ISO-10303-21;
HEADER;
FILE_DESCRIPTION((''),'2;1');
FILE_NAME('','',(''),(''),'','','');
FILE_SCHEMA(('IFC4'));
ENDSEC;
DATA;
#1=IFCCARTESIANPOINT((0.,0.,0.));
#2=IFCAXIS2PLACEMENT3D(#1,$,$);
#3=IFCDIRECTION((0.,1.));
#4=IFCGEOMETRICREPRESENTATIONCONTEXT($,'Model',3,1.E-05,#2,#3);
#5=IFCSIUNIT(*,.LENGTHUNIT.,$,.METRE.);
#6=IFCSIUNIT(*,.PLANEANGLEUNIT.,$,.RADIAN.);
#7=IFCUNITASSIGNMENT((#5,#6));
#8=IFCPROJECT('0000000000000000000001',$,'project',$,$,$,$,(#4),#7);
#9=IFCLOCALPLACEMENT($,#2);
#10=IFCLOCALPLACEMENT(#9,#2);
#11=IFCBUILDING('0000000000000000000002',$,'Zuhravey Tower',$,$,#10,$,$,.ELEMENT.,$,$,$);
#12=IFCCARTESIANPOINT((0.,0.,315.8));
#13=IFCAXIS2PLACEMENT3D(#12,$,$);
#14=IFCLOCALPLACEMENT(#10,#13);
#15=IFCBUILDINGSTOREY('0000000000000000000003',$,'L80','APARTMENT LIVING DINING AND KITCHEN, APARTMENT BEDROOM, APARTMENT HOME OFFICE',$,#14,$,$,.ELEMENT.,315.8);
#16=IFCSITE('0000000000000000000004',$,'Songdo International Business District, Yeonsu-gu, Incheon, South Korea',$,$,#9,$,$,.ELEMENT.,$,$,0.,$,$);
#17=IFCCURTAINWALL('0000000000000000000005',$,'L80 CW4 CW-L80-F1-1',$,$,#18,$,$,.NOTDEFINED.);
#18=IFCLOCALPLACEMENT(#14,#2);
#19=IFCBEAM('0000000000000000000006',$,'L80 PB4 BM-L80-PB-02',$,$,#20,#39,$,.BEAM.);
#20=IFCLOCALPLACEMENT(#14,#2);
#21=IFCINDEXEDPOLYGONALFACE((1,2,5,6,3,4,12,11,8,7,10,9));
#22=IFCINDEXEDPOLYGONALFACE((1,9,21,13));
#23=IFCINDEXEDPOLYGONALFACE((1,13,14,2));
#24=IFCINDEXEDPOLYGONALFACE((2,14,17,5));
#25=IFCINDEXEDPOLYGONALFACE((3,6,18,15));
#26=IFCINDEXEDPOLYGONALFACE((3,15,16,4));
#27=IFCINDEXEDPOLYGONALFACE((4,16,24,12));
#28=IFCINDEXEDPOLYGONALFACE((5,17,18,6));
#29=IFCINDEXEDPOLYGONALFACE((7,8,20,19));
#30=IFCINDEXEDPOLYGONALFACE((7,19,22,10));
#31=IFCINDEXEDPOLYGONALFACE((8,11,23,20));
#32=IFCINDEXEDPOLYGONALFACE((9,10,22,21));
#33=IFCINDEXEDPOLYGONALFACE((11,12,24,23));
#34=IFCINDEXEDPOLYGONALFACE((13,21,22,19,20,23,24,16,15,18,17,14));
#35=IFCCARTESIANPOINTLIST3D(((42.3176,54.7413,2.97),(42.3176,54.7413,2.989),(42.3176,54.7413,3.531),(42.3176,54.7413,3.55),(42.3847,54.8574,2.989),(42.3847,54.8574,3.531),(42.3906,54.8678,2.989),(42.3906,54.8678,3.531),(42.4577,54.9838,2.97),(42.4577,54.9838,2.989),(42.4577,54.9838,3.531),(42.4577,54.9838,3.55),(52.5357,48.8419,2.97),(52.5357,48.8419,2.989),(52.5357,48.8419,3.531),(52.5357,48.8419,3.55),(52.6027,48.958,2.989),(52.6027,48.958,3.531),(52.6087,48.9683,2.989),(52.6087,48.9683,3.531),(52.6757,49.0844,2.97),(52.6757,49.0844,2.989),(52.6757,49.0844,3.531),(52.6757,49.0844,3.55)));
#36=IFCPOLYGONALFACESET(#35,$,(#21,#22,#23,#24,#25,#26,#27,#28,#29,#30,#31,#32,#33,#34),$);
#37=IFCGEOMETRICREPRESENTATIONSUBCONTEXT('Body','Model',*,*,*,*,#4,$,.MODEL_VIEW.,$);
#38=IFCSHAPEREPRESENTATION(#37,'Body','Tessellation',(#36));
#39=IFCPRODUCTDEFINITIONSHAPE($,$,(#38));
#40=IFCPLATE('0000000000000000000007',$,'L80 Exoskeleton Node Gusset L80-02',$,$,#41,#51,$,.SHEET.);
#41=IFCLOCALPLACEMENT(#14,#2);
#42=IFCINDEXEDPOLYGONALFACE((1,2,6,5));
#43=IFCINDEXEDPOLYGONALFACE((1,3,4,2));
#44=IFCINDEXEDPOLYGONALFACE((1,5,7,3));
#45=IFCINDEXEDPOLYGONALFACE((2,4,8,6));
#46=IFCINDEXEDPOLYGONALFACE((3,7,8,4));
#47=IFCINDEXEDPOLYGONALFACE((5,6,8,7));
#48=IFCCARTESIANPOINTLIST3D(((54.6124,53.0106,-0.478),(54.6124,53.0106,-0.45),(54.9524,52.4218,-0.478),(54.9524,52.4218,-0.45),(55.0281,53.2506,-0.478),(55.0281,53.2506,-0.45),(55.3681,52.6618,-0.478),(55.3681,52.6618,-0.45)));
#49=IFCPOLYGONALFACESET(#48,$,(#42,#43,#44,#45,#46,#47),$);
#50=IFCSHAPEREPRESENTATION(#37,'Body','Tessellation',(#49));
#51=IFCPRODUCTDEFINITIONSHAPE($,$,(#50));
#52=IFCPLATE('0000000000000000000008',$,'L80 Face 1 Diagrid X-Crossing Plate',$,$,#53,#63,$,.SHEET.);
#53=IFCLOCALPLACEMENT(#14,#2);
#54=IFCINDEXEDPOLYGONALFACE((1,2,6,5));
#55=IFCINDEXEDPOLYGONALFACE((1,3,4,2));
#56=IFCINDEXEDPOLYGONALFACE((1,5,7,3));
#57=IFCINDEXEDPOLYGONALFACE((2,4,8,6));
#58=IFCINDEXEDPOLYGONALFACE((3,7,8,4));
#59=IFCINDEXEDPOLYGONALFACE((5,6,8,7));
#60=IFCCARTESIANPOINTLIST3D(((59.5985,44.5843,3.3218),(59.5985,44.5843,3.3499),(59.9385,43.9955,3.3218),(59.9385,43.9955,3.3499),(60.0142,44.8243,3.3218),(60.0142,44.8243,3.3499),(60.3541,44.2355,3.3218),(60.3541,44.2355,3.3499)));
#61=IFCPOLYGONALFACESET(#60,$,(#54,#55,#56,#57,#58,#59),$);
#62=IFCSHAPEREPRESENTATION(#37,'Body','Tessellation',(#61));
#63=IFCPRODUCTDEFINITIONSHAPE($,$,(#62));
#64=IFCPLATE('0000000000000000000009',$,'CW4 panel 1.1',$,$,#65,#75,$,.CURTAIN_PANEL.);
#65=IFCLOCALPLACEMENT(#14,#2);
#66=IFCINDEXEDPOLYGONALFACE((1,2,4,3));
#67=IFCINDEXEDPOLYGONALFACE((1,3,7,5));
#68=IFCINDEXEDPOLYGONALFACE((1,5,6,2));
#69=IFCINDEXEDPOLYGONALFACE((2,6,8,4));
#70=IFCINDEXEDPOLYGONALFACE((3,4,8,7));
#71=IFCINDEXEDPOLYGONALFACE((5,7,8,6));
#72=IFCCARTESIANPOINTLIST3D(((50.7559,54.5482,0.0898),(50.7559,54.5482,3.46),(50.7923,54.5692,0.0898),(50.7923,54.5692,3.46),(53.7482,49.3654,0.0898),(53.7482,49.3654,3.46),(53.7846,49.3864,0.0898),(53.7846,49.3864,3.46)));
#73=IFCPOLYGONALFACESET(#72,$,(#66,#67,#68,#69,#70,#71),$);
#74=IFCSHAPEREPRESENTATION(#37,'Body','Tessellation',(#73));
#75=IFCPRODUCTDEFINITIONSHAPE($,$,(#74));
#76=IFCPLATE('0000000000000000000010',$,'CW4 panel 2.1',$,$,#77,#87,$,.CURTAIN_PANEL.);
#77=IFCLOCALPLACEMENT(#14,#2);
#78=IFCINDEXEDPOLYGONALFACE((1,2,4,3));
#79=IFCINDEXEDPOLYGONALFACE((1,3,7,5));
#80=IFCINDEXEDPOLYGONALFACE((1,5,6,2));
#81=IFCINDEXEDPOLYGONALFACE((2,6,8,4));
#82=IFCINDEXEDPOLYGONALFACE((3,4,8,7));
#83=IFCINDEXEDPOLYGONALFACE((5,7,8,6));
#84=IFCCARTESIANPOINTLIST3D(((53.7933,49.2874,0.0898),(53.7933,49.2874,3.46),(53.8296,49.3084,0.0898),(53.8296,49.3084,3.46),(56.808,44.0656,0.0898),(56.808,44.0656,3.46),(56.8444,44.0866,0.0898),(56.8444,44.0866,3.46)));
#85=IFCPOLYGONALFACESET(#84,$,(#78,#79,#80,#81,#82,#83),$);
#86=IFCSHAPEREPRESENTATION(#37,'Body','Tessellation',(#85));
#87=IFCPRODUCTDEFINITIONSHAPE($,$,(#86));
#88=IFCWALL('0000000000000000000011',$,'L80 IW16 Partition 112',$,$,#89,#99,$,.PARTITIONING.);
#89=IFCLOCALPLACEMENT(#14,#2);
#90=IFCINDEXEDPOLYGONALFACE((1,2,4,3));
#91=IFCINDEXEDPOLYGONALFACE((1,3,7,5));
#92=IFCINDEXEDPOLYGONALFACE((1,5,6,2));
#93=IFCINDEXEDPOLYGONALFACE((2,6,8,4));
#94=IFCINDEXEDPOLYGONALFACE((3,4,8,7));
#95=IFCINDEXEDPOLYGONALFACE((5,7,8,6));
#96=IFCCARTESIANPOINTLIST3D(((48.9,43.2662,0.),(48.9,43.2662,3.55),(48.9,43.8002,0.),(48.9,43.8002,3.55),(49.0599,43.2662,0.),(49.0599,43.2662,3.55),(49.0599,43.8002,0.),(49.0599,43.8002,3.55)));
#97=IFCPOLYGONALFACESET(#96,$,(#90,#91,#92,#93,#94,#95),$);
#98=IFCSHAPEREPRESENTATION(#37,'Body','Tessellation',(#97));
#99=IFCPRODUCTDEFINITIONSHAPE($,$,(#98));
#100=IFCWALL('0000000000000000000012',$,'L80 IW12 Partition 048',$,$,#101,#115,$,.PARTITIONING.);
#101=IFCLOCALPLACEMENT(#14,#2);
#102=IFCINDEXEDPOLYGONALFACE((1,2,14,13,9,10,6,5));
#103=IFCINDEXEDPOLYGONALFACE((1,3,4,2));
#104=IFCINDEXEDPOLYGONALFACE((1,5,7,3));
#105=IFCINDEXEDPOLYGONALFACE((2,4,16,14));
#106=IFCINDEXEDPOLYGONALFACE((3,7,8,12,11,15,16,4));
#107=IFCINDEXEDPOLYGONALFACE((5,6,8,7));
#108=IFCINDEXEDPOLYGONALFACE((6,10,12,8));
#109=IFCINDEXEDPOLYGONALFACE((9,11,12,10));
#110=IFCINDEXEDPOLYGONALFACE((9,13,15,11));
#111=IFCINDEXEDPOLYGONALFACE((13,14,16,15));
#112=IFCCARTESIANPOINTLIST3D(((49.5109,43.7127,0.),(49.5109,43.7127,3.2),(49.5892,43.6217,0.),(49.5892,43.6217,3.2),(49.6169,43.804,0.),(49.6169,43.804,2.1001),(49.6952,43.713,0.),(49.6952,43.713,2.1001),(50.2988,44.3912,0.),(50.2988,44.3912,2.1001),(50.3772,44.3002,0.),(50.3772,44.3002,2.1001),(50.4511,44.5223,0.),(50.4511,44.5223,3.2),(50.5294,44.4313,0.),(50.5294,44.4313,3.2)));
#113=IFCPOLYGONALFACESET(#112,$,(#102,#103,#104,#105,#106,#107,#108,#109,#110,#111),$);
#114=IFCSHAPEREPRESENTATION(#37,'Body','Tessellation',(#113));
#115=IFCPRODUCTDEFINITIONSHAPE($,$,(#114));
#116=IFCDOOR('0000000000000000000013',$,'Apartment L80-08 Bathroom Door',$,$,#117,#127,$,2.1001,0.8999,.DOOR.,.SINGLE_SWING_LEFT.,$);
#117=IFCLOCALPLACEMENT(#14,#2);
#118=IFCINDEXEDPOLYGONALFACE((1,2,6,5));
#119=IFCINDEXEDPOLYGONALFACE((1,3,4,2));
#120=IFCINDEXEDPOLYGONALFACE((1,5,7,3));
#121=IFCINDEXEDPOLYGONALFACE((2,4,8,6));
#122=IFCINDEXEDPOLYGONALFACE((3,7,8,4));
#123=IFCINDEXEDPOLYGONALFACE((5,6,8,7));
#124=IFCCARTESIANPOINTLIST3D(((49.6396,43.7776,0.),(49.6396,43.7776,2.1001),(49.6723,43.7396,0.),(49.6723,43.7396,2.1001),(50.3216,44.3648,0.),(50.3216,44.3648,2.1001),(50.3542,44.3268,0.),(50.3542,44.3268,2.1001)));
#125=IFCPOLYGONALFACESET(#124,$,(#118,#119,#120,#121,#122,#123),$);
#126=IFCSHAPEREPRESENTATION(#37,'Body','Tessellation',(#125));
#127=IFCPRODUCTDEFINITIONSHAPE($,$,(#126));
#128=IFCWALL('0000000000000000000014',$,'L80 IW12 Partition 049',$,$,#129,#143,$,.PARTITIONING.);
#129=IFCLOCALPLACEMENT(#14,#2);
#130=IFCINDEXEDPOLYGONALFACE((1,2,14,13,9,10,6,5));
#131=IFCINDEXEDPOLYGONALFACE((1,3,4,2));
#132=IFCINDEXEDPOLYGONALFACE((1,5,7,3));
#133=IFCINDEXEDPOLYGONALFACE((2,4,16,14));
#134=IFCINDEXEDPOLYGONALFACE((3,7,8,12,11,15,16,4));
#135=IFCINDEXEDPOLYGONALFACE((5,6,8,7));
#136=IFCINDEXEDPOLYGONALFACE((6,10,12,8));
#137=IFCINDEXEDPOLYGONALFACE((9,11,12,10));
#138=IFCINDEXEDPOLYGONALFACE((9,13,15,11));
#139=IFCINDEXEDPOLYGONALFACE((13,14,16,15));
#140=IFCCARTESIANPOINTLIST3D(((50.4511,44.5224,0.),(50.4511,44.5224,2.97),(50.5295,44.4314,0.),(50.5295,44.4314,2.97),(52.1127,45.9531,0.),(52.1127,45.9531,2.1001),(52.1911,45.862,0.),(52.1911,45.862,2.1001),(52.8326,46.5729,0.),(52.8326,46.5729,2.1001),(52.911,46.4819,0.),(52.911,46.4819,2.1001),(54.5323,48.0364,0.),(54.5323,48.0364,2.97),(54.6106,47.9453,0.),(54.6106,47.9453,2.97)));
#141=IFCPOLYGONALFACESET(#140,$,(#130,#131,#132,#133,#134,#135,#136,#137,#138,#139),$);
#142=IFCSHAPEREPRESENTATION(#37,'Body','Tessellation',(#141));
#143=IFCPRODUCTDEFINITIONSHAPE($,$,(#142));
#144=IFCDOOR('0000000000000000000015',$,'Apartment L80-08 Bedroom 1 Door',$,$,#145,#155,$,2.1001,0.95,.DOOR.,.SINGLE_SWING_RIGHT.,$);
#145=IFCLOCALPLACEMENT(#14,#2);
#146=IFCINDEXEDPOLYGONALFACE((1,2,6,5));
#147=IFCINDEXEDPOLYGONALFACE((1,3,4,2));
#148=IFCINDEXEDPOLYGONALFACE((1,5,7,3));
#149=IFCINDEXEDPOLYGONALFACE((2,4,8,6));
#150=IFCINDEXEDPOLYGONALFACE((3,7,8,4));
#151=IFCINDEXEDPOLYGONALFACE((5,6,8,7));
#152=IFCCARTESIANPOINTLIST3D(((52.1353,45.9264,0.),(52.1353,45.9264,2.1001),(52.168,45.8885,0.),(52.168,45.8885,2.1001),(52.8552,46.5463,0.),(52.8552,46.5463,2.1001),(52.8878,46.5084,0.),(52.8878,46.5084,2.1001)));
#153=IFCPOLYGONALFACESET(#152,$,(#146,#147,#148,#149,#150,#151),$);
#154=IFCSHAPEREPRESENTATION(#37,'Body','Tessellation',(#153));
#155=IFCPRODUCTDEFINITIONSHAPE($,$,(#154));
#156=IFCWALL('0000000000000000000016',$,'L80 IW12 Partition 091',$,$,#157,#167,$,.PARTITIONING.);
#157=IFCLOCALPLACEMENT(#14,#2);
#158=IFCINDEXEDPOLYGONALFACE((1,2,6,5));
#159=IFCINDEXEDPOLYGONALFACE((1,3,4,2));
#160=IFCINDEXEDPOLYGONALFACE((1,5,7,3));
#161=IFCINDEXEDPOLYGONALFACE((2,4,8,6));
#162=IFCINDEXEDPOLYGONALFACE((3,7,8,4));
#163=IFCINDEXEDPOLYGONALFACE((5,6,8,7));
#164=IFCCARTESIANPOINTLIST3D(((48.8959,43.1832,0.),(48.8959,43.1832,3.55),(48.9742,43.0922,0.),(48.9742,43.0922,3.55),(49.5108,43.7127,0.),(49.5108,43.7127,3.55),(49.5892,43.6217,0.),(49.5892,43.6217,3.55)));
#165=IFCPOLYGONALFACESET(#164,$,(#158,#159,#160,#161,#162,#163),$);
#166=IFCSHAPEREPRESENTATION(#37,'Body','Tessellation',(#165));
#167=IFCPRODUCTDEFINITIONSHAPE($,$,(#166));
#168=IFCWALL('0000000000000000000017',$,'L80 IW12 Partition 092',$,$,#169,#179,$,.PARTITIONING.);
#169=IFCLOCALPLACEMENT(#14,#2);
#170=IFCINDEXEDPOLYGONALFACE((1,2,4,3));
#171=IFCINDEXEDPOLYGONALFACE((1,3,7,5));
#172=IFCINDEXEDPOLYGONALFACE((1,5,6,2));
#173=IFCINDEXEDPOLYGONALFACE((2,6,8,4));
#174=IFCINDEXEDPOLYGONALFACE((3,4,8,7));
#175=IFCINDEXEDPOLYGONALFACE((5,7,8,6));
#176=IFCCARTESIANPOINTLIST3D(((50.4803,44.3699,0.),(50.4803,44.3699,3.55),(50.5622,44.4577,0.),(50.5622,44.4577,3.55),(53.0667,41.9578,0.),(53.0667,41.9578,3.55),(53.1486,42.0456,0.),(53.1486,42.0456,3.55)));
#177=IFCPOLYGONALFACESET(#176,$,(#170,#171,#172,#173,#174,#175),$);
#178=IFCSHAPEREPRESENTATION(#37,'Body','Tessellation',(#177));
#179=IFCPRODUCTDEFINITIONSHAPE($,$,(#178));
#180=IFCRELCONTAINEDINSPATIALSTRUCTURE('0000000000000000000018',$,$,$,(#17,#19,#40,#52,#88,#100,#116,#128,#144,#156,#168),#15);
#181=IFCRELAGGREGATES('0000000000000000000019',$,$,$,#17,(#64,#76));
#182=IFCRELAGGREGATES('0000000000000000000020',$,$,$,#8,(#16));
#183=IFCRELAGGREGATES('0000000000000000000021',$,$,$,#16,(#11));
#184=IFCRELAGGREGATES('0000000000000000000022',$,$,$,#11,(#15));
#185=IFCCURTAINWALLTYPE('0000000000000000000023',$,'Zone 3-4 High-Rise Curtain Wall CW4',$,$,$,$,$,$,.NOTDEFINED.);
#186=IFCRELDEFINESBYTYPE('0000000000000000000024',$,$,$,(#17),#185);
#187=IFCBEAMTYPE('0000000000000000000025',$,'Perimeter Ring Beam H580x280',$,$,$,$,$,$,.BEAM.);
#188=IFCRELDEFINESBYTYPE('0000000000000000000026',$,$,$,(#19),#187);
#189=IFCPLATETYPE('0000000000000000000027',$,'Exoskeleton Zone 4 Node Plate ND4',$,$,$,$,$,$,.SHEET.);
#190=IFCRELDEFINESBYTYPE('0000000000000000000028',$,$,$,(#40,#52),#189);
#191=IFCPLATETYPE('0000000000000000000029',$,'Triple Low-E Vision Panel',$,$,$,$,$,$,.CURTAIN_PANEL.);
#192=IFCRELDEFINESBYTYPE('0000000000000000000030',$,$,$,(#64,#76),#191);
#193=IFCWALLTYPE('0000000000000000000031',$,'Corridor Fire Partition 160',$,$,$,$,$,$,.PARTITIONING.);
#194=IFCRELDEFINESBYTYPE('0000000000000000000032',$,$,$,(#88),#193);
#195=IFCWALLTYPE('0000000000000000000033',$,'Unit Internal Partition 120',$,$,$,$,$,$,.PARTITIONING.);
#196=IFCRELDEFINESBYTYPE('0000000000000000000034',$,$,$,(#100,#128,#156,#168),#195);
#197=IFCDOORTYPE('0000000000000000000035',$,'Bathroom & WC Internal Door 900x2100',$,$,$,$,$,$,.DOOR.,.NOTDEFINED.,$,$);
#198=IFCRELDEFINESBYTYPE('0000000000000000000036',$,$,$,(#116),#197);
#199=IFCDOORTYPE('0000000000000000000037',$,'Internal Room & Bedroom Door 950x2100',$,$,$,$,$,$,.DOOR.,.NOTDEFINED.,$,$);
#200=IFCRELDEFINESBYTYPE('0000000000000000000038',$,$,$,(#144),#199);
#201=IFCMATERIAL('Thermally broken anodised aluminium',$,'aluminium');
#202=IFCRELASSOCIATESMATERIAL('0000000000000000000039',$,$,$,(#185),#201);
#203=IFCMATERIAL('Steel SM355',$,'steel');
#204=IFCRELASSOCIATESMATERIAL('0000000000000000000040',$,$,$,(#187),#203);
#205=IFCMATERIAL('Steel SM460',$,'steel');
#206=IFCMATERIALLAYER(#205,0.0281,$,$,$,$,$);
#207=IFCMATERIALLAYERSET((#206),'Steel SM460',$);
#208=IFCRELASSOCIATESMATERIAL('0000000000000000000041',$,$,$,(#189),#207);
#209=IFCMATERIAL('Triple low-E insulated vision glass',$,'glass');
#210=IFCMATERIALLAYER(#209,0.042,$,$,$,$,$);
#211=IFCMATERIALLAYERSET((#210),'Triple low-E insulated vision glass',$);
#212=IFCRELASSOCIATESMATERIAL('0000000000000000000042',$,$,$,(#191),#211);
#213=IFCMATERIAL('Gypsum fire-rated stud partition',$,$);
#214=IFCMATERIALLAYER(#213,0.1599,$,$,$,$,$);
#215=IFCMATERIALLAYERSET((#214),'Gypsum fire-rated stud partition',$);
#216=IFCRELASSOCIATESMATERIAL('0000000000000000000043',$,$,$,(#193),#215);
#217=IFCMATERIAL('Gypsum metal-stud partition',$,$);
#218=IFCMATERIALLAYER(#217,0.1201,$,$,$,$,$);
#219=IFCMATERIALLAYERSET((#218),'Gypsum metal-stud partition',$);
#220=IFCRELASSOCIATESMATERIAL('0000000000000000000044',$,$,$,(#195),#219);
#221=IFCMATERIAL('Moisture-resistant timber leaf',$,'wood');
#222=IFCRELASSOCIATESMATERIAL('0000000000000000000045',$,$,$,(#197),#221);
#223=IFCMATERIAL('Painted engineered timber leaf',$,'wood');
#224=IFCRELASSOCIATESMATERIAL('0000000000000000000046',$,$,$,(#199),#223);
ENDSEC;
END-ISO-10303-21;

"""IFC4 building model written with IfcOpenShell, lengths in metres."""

from ifc_helpers import new_model, si_unit, direction, frame, frame_2d, origin, origin_2d, place, context, subcontext, project, spatial, rectangle, i_section, extrude, material, layer, layer_set, material_profile, profile_set, type_object, element, fill, aggregate, save


model = new_model("IFC4")

# Units and contexts
model_context = context("Model", 3, precision=1e-05, world=origin(), true_north=direction((0.0, 1.0)))
body_context = subcontext(model_context, "Body", "Model", "MODEL_VIEW")
ifc_project = project(units=[si_unit("LENGTHUNIT", "METRE"), si_unit("PLANEANGLEUNIT", "RADIAN")], contexts=[model_context])

# Site, building, storey
site_placement = place(None, origin())
site = spatial("IfcSite", under=ifc_project, at=site_placement, Name="Songdo International Business District, Yeonsu-gu, Incheon, South Korea", CompositionType="ELEMENT", RefElevation=0.0)
building_placement = place(site_placement, origin())
building = spatial("IfcBuilding", under=site, at=building_placement, Name="Zuhravey Tower", CompositionType="ELEMENT")
storey_placement = place(building_placement, frame((0.0, 0.0, 315.8)))
storey = spatial("IfcBuildingStorey", under=building, at=storey_placement, Name="L80", Description="APARTMENT LIVING DINING AND KITCHEN, APARTMENT BEDROOM, APARTMENT HOME OFFICE", CompositionType="ELEMENT", Elevation=315.8)

# Curtain wall
ifc_material_1 = material(Name="Thermally broken anodised aluminium", Category="aluminium")
curtain_wall_type = type_object("IfcCurtainWallType", Name="Zone 3-4 High-Rise Curtain Wall CW4", PredefinedType="NOTDEFINED", material=ifc_material_1)
curtain_wall_placement = place(storey_placement, origin())
curtain_wall = element("IfcCurtainWall", 1, at=curtain_wall_placement, inside=storey, type_object=curtain_wall_type, Name="L80 CW4 CW-L80-F1-1", PredefinedType="NOTDEFINED")

# Shared definitions
ifc_material_2 = material(Name="Steel SM355", Category="steel")

# Beam
ifc_material_profile_1 = material_profile(ifc_material_2, i_section(OverallWidth=0.28, OverallDepth=0.5801, WebThickness=0.012, FlangeThickness=0.019, at=origin_2d()), Name="H-580x280x12x19")
ifc_profile_set_1 = profile_set([ifc_material_profile_1], Name="Steel SM355")
beam_type = type_object("IfcBeamType", Name="Perimeter Ring Beam H580x280", PredefinedType="BEAM", material=ifc_profile_set_1)
beam_placement = place(storey_placement, frame((52.6057, 48.9631, 3.26), z_axis=(-0.866024, 0.500002, 0.0), x_axis=(-0.500002, -0.866024, 0.0)))
element("IfcBeam", 2, at=beam_placement, inside=storey, type_object=beam_type, Name="L80 PB4 BM-L80-PB-02", PredefinedType="BEAM", context=body_context, shape_type="SweptSolid", body=[
    extrude(i_section(OverallWidth=0.28, OverallDepth=0.5801, WebThickness=0.012, FlangeThickness=0.019, at=origin_2d()), origin(), (0.0, 0.0, 1.0), 11.7988),
])

# Plates
ifc_material_3 = material(Name="Steel SM460", Category="steel")
ifc_layer_1 = layer(ifc_material_3, 0.0281)
ifc_layer_set_1 = layer_set([ifc_layer_1], Name="Steel SM460")
plate_type_1 = type_object("IfcPlateType", Name="Exoskeleton Zone 4 Node Plate ND4", PredefinedType="SHEET", material=ifc_layer_set_1)
for number, where, z_axis, x_axis, name in (
    (3, (54.9902, 52.8362, -0.478), (0.0, 0.0, 1.0), (-0.5, 0.866025, 0.0), "L80 Exoskeleton Node Gusset L80-02"),
    (4, (59.9763, 44.4099, 3.3218), (0.0, 0.0, 1.0), (-0.5, 0.866025, 0.0), "L80 Face 1 Diagrid X-Crossing Plate"),
):
    element("IfcPlate", number, at=place(storey_placement, frame(where, z_axis=z_axis, x_axis=x_axis)), inside=storey, type_object=plate_type_1, Name=name, PredefinedType="SHEET", context=body_context, shape_type="SweptSolid", body=[
        extrude(rectangle(XDim=0.6799, YDim=0.48, at=origin_2d()), origin(), (0.0, 0.0, 1.0), 0.0281),
    ])

# Plates
ifc_material_4 = material(Name="Triple low-E insulated vision glass", Category="glass")
ifc_layer_2 = layer(ifc_material_4, 0.042)
ifc_layer_set_2 = layer_set([ifc_layer_2], Name="Triple low-E insulated vision glass")
plate_type_2 = type_object("IfcPlateType", Name="Triple Low-E Vision Panel", PredefinedType="CURTAIN_PANEL", material=ifc_layer_set_2)
plate_1_placement = place(storey_placement, frame((52.2703, 51.9673, 0.0898), z_axis=(0.0, 0.0, 1.0), x_axis=(0.5, -0.866026, 0.0)))
plate_1 = element("IfcPlate", 5, at=plate_1_placement, type_object=plate_type_2, Name="CW4 panel 1.1", PredefinedType="CURTAIN_PANEL", context=body_context, shape_type="SweptSolid", body=[
    extrude(rectangle(XDim=5.9846, YDim=0.042, at=origin_2d()), origin(), (0.0, 0.0, 1.0), 3.3701),
])
plate_2_placement = place(storey_placement, frame((55.3188, 46.687, 0.0898), z_axis=(0.0, 0.0, 1.0), x_axis=(0.5, -0.866026, 0.0)))
plate_2 = element("IfcPlate", 6, at=plate_2_placement, type_object=plate_type_2, Name="CW4 panel 2.1", PredefinedType="CURTAIN_PANEL", context=body_context, shape_type="SweptSolid", body=[
    extrude(rectangle(XDim=6.0295, YDim=0.042, at=origin_2d()), origin(), (0.0, 0.0, 1.0), 3.3701),
])
aggregate(curtain_wall, [plate_1, plate_2])

# Wall
ifc_material_5 = material(Name="Gypsum fire-rated stud partition")
ifc_layer_3 = layer(ifc_material_5, 0.1599)
ifc_layer_set_3 = layer_set([ifc_layer_3], Name="Gypsum fire-rated stud partition")
wall_type_1 = type_object("IfcWallType", Name="Corridor Fire Partition 160", PredefinedType="PARTITIONING", material=ifc_layer_set_3)
wall_1_placement = place(storey_placement, frame((48.98, 43.2661, 0.0), z_axis=(0.0, 0.0, 1.0), x_axis=(0.0, 1.0, 0.0)))
element("IfcWall", 7, at=wall_1_placement, inside=storey, type_object=wall_type_1, Name="L80 IW16 Partition 112", PredefinedType="PARTITIONING", context=body_context, shape_type="SweptSolid", body=[
    extrude(rectangle(XDim=0.5339, YDim=0.1599, at=frame_2d((0.2671, 0.0))), origin(), (0.0, 0.0, 1.0), 3.55),
])

# Walls, openings, doors
ifc_material_6 = material(Name="Gypsum metal-stud partition")
ifc_layer_4 = layer(ifc_material_6, 0.1201)
ifc_layer_set_4 = layer_set([ifc_layer_4], Name="Gypsum metal-stud partition")
wall_type_2 = type_object("IfcWallType", Name="Unit Internal Partition 120", PredefinedType="PARTITIONING", material=ifc_layer_set_4)
wall_2_placement = place(storey_placement, frame((49.55, 43.6672, 0.0), z_axis=(0.0, 0.0, 1.0), x_axis=(0.757782, 0.652507, 0.0)))
wall_2 = element("IfcWall", 8, at=wall_2_placement, inside=storey, type_object=wall_type_2, Name="L80 IW12 Partition 048", PredefinedType="PARTITIONING", context=body_context, shape_type="SweptSolid", body=[
    extrude(rectangle(XDim=1.2407, YDim=0.1201, at=frame_2d((0.6204, 0.0))), origin(), (0.0, 0.0, 1.0), 3.2),
])
opening_1_placement = place(wall_2_placement, frame((0.1399, 0.0, 0.0)))
opening_1 = element("IfcOpeningElement", 9, at=opening_1_placement, cuts=wall_2, PredefinedType="OPENING", context=body_context, shape_type="SweptSolid", body=[
    extrude(rectangle(XDim=0.8999, YDim=2.1001, at=frame_2d((0.45, 1.05))), frame((0.0, 0.072, 0.0), z_axis=(0.0, -1.0, 0.0), x_axis=(1.0, 0.0, 0.0)), (0.0, 0.0, 1.0), 0.144),
])
ifc_material_7 = material(Name="Moisture-resistant timber leaf", Category="wood")
door_type_1 = type_object("IfcDoorType", Name="Bathroom & WC Internal Door 900x2100", OperationType="NOTDEFINED", PredefinedType="DOOR", material=ifc_material_7)
door_1_placement = place(opening_1_placement, frame((0.8999, 0.0, 0.0), z_axis=(0.0, 0.0, 1.0), x_axis=(-1.0, 0.0, 0.0)))
door_1 = element("IfcDoor", 10, at=door_1_placement, inside=storey, type_object=door_type_1, Name="Apartment L80-08 Bathroom Door", OperationType="SINGLE_SWING_LEFT", OverallHeight=2.1001, OverallWidth=0.8999, PredefinedType="DOOR", context=body_context, shape_type="SweptSolid", body=[
    extrude(rectangle(XDim=0.8999, YDim=2.1001, at=frame_2d((0.45, 1.05))), frame((0.0, 0.0249, 0.0), z_axis=(0.0, -1.0, 0.0), x_axis=(1.0, 0.0, 0.0)), (0.0, 0.0, 1.0), 0.05),
])
fill(opening_1, door_1)
wall_3_placement = place(storey_placement, frame((50.4902, 44.4768, 0.0), z_axis=(0.0, 0.0, 1.0), x_axis=(0.757799, 0.652488, 0.0)))
wall_3 = element("IfcWall", 11, at=wall_3_placement, inside=storey, type_object=wall_type_2, Name="L80 IW12 Partition 049", PredefinedType="PARTITIONING", context=body_context, shape_type="SweptSolid", body=[
    extrude(rectangle(XDim=5.3855, YDim=0.1201, at=frame_2d((2.6929, 0.0))), origin(), (0.0, 0.0, 1.0), 2.97),
])
opening_2_placement = place(wall_3_placement, frame((2.1926, 0.0, 0.0)))
opening_2 = element("IfcOpeningElement", 12, at=opening_2_placement, cuts=wall_3, PredefinedType="OPENING", context=body_context, shape_type="SweptSolid", body=[
    extrude(rectangle(XDim=0.95, YDim=2.1001, at=frame_2d((0.4751, 1.05))), frame((0.0, 0.072, 0.0), z_axis=(0.0, -1.0, 0.0), x_axis=(1.0, 0.0, 0.0)), (0.0, 0.0, 1.0), 0.144),
])
ifc_material_8 = material(Name="Painted engineered timber leaf", Category="wood")
door_type_2 = type_object("IfcDoorType", Name="Internal Room & Bedroom Door 950x2100", OperationType="NOTDEFINED", PredefinedType="DOOR", material=ifc_material_8)
door_2_placement = place(opening_2_placement, frame((0.95, 0.0, 0.0), z_axis=(0.0, 0.0, 1.0), x_axis=(-1.0, 0.0, 0.0)))
door_2 = element("IfcDoor", 13, at=door_2_placement, inside=storey, type_object=door_type_2, Name="Apartment L80-08 Bedroom 1 Door", OperationType="SINGLE_SWING_RIGHT", OverallHeight=2.1001, OverallWidth=0.95, PredefinedType="DOOR", context=body_context, shape_type="SweptSolid", body=[
    extrude(rectangle(XDim=0.95, YDim=2.1001, at=frame_2d((0.4751, 1.05))), frame((0.0, 0.0249, 0.0), z_axis=(0.0, -1.0, 0.0), x_axis=(1.0, 0.0, 0.0)), (0.0, 0.0, 1.0), 0.05),
])
fill(opening_2, door_2)

# Walls
wall_4_placement = place(storey_placement, frame((48.9351, 43.1377, 0.0), z_axis=(0.0, 0.0, 1.0), x_axis=(0.757789, 0.652499, 0.0)))
element("IfcWall", 14, at=wall_4_placement, inside=storey, type_object=wall_type_2, Name="L80 IW12 Partition 091", PredefinedType="PARTITIONING", context=body_context, shape_type="SweptSolid", body=[
    extrude(rectangle(XDim=0.8115, YDim=0.1201, at=frame_2d((0.4058, 0.0))), origin(), (0.0, 0.0, 1.0), 3.55),
])
wall_5_placement = place(storey_placement, frame((53.1077, 42.0017, 0.0), z_axis=(0.0, 0.0, 1.0), x_axis=(-0.731322, 0.682033, 0.0)))
element("IfcWall", 15, at=wall_5_placement, inside=storey, type_object=wall_type_2, Name="L80 IW12 Partition 092", PredefinedType="PARTITIONING", context=body_context, shape_type="SweptSolid", body=[
    extrude(rectangle(XDim=3.5366, YDim=0.1201, at=frame_2d((1.7683, 0.0))), origin(), (0.0, 0.0, 1.0), 3.55),
])

save(model, "model.ifc")
